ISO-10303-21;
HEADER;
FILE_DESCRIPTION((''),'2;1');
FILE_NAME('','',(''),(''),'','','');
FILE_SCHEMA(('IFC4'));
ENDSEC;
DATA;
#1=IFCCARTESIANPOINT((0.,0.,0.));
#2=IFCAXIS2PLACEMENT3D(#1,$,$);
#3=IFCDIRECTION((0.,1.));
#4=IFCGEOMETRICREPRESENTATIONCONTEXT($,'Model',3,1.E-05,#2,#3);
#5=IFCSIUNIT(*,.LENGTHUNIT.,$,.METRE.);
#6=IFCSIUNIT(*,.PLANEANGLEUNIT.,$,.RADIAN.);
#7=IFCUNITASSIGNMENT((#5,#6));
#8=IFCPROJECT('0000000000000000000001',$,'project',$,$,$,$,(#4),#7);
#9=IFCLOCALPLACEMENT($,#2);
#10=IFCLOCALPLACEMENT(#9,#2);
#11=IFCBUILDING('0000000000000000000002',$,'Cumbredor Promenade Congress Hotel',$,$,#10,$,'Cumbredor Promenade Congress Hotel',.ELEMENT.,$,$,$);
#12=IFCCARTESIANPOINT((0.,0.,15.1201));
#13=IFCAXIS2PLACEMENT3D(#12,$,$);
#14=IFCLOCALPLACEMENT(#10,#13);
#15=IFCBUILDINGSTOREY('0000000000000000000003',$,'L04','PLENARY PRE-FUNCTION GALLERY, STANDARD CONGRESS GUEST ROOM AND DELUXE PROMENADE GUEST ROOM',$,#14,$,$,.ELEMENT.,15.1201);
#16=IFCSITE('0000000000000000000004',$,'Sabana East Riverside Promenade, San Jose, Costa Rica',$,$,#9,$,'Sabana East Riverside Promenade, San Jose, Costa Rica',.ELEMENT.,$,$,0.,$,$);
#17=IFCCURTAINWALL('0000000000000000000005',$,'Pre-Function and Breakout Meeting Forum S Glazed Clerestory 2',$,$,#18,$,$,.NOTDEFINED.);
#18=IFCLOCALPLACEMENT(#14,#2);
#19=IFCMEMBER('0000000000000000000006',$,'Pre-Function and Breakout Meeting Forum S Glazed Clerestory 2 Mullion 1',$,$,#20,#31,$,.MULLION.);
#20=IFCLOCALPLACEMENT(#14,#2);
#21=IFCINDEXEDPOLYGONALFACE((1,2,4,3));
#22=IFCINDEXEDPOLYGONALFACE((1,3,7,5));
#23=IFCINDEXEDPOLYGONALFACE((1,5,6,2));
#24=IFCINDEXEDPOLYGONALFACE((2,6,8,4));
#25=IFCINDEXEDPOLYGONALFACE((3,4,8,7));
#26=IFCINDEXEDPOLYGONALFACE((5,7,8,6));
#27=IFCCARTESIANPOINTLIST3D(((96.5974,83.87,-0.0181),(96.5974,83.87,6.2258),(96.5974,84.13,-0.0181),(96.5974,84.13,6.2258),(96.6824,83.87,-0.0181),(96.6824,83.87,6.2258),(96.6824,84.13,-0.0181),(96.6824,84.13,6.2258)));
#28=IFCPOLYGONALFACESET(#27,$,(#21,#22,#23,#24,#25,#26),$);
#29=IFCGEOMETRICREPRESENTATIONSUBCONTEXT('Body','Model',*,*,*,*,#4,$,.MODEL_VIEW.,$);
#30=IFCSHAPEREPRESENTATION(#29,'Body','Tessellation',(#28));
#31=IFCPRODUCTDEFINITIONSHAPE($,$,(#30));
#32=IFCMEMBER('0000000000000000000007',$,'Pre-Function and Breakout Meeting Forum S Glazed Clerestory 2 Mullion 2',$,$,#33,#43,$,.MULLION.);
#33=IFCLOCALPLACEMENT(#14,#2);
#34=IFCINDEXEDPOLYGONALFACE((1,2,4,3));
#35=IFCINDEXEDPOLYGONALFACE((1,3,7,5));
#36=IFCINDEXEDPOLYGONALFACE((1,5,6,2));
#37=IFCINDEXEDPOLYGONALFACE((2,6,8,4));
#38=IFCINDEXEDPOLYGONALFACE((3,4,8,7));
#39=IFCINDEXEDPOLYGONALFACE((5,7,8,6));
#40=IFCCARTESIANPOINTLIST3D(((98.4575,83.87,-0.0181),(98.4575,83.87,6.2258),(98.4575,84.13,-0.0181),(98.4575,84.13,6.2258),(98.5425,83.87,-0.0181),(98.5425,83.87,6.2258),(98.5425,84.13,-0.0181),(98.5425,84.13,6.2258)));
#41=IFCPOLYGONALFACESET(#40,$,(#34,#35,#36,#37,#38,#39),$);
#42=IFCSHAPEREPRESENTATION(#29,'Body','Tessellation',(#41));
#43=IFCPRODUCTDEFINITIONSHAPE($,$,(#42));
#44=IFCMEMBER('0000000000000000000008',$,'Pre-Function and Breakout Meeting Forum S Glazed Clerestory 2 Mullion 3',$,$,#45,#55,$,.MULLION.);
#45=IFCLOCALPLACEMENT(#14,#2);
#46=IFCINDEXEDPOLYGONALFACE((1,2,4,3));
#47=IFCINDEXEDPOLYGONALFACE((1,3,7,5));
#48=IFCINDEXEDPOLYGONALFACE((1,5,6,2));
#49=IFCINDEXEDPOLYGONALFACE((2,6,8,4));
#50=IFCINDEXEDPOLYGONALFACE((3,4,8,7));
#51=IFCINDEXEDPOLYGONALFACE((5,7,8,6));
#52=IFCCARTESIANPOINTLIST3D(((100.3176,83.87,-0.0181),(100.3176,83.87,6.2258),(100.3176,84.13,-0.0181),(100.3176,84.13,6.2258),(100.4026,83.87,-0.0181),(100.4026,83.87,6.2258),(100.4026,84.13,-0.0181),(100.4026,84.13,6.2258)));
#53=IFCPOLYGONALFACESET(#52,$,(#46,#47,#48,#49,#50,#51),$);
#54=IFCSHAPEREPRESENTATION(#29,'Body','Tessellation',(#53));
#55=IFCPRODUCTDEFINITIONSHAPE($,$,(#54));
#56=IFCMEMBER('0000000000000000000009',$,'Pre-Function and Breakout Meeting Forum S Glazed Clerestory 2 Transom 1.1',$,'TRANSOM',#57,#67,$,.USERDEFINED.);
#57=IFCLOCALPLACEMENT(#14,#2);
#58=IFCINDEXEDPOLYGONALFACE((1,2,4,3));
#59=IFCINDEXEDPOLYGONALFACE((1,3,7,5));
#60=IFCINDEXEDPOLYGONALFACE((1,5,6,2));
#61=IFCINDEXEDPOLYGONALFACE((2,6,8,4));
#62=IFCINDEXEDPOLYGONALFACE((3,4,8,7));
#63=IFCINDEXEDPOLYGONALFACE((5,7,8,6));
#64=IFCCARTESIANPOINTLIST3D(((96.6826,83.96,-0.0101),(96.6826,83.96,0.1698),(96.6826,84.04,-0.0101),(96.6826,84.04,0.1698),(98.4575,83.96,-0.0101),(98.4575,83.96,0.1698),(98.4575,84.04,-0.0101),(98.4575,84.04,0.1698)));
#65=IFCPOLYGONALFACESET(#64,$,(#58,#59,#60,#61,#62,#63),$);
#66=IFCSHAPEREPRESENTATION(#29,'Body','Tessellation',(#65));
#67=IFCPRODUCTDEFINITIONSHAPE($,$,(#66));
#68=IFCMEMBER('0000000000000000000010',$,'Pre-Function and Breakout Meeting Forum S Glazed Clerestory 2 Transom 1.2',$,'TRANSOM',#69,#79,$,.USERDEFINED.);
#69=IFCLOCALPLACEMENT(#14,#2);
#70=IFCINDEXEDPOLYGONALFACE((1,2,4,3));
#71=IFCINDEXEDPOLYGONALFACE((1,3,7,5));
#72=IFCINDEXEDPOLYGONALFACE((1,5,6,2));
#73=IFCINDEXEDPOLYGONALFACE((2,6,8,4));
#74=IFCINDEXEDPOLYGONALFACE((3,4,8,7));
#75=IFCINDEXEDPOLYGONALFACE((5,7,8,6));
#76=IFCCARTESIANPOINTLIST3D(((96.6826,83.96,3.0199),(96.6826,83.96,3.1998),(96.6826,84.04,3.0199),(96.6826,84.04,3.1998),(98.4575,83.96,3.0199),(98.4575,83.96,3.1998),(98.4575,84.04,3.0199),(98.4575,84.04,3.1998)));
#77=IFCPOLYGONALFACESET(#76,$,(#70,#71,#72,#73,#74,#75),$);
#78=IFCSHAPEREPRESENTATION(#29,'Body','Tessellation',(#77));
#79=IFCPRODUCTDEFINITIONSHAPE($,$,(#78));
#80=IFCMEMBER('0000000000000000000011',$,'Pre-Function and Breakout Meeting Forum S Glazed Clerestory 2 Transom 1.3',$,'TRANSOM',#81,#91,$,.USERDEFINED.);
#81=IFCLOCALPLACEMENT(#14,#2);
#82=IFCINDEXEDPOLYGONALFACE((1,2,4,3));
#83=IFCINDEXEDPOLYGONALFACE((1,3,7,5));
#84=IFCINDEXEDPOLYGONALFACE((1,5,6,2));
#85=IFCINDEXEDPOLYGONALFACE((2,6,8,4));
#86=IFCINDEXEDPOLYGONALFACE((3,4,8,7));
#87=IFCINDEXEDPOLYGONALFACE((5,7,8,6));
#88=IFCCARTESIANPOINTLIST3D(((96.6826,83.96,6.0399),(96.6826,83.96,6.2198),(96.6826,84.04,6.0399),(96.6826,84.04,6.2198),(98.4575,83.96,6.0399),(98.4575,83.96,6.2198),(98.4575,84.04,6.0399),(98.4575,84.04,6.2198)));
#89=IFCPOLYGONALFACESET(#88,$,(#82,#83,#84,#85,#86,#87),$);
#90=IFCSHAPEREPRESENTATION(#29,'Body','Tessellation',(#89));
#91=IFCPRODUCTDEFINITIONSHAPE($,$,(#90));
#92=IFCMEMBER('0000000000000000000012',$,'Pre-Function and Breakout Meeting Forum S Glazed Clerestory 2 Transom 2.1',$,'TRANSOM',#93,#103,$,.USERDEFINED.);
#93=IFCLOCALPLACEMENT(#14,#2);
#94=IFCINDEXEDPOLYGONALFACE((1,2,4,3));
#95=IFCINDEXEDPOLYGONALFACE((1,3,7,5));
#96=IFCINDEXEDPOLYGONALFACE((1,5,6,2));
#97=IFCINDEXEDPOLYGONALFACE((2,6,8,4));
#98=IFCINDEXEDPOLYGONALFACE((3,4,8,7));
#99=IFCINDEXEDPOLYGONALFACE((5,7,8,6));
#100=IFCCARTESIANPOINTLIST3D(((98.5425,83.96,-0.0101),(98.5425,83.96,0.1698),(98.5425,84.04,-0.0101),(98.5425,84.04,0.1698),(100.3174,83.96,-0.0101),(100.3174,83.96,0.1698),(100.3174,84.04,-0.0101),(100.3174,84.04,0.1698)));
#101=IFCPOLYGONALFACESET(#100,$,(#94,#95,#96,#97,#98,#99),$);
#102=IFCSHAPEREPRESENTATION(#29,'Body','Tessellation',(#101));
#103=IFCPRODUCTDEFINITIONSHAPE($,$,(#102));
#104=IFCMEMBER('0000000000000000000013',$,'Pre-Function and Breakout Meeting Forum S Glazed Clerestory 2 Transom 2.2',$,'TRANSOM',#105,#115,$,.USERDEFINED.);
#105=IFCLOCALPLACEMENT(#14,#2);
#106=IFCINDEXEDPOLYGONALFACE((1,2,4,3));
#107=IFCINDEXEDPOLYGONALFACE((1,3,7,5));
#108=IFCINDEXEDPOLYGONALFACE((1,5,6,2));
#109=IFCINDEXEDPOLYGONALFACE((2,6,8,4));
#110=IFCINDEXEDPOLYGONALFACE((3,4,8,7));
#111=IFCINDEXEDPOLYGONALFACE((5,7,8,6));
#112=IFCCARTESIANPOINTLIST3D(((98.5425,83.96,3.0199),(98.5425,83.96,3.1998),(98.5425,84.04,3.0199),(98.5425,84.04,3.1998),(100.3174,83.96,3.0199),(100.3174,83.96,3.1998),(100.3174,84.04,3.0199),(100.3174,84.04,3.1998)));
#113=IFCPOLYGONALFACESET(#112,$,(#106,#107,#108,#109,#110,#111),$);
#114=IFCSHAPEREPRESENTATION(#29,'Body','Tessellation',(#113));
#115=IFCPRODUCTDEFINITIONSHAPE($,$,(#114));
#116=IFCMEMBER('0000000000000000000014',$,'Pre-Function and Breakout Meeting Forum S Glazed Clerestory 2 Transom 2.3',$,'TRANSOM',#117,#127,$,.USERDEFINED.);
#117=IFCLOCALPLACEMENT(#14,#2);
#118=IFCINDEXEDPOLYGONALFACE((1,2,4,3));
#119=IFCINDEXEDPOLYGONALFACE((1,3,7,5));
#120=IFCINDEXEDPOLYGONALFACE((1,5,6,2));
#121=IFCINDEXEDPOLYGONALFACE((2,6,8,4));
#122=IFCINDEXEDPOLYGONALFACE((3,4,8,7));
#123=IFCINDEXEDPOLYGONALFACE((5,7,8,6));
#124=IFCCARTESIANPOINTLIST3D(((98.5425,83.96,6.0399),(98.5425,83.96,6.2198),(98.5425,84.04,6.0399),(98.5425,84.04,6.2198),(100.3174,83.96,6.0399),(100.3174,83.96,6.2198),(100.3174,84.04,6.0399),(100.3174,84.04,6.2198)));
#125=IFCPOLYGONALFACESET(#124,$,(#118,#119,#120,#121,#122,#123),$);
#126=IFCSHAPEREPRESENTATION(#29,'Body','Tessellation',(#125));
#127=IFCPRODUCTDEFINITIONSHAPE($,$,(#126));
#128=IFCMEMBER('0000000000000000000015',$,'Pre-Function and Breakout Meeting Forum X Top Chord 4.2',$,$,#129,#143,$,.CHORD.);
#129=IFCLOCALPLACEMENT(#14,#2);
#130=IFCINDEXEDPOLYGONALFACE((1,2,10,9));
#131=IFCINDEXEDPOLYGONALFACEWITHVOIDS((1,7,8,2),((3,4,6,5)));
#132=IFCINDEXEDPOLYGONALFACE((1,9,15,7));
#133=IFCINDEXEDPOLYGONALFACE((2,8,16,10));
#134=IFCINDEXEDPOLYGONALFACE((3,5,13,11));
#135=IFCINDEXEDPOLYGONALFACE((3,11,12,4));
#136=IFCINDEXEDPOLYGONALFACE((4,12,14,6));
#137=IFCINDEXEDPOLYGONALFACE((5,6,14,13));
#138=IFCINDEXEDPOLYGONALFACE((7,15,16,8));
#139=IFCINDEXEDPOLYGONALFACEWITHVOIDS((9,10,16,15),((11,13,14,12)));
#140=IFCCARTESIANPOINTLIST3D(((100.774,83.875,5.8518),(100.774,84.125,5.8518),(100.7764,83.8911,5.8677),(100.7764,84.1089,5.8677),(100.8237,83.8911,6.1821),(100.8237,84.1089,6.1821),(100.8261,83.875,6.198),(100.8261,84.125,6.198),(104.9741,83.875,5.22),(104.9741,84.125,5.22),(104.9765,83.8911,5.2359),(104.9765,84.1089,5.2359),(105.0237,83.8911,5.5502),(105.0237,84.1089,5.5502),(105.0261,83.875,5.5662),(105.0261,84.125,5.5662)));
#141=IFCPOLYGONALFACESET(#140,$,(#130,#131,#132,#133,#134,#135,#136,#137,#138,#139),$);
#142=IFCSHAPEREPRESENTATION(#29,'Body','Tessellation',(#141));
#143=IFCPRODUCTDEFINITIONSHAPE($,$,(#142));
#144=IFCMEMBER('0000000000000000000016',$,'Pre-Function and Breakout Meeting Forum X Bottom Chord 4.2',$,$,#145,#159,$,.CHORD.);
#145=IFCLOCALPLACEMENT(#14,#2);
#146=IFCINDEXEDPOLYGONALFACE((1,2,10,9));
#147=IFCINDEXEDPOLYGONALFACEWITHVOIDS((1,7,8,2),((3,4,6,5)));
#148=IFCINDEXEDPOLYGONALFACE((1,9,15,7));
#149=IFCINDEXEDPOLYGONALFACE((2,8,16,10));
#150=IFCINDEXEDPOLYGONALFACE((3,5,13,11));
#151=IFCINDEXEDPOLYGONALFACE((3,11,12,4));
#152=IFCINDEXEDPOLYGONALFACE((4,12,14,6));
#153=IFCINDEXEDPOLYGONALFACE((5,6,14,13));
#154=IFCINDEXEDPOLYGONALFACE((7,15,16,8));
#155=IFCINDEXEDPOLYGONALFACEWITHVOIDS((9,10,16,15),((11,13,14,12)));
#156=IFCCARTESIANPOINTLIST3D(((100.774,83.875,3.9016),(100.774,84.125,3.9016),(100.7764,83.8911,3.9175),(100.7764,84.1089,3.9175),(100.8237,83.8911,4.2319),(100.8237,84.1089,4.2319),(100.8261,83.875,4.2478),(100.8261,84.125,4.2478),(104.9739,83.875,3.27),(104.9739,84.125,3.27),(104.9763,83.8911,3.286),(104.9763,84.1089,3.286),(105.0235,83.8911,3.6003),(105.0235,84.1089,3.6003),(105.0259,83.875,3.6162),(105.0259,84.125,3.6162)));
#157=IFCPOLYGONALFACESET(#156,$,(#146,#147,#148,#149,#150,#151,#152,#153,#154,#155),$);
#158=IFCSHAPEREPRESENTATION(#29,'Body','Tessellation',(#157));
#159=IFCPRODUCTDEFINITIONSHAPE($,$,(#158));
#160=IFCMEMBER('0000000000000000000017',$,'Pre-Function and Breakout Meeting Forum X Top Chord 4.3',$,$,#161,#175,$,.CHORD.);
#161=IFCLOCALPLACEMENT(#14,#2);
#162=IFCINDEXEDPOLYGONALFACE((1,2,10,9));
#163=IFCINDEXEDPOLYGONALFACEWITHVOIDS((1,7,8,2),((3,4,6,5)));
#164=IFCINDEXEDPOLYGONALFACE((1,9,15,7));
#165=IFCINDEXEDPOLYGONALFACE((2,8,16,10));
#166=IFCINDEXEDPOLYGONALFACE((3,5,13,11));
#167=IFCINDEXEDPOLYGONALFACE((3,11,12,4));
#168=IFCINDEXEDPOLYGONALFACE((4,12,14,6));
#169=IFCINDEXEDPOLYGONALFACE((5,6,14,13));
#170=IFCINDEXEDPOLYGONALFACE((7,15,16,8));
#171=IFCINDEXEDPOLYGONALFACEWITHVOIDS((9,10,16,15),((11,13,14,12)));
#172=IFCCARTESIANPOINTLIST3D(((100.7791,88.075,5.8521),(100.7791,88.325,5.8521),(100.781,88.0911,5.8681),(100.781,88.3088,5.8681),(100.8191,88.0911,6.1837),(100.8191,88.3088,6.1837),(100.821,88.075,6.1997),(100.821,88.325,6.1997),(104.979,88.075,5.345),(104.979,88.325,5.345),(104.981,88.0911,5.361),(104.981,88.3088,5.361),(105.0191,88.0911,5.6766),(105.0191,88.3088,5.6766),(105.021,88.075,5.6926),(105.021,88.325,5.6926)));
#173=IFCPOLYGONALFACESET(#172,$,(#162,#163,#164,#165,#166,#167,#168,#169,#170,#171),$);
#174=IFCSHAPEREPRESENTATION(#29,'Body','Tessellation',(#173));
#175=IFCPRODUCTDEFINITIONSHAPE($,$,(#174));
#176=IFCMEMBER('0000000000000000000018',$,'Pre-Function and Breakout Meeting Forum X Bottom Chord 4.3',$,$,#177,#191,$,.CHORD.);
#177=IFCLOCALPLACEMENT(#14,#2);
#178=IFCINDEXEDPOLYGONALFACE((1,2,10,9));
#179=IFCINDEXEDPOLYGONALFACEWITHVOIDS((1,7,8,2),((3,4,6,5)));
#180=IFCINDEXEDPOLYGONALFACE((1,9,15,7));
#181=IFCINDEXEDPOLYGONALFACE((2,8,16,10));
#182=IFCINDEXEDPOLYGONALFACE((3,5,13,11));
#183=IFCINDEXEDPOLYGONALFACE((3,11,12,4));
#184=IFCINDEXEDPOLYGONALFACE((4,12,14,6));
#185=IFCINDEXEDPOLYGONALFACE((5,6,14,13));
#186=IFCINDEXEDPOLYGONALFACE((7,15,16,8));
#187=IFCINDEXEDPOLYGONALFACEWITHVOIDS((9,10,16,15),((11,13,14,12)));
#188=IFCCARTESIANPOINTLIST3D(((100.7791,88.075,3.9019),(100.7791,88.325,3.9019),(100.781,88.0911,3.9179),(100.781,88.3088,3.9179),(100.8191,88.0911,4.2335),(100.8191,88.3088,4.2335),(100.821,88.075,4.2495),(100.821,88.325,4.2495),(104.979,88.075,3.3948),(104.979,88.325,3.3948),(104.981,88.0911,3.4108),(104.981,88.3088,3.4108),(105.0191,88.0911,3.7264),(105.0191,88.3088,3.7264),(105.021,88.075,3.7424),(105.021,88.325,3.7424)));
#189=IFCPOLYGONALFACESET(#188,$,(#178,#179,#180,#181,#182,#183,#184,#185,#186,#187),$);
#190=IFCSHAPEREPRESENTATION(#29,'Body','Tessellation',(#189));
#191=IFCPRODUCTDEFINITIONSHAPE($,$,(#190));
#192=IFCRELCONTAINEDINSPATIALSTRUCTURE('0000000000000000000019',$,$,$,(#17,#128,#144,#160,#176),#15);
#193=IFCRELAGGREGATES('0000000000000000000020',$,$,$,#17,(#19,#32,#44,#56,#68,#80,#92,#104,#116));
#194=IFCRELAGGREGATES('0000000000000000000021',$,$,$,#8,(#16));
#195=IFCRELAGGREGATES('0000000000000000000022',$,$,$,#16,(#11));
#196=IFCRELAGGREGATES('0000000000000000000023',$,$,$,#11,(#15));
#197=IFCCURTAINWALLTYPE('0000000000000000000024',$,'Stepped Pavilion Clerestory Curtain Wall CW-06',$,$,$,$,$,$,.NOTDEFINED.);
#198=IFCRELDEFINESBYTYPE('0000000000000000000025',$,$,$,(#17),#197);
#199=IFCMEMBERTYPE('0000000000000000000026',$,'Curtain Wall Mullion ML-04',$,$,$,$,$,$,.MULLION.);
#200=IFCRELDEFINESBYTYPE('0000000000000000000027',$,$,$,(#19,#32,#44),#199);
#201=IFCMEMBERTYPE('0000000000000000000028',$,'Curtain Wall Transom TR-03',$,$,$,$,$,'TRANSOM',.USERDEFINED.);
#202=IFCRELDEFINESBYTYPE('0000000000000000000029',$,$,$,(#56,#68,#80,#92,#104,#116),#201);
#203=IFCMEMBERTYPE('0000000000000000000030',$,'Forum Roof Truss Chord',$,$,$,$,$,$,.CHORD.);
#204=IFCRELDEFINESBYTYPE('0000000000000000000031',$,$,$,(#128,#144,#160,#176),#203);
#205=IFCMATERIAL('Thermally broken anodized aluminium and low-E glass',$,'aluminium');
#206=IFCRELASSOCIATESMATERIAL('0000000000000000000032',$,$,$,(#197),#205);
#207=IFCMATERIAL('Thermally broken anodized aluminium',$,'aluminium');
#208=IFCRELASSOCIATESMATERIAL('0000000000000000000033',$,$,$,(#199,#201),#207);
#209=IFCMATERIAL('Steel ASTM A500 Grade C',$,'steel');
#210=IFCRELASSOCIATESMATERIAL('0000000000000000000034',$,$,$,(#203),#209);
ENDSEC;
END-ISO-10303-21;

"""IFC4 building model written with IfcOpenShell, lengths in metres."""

from ifc_helpers import new_model, si_unit, direction, frame, origin, origin_2d, place, context, subcontext, project, spatial, rectangle, hollow_rectangle, extrude, material, material_profile, profile_set, type_object, element, aggregate, save


model = new_model("IFC4")

# Units and contexts
model_context = context("Model", 3, precision=1e-05, world=origin(), true_north=direction((0.0, 1.0)))
body_context = subcontext(model_context, "Body", "Model", "MODEL_VIEW")
ifc_project = project(units=[si_unit("LENGTHUNIT", "METRE"), si_unit("PLANEANGLEUNIT", "RADIAN")], contexts=[model_context])

# Site, building, storey
site_placement = place(None, origin())
site = spatial("IfcSite", under=ifc_project, at=site_placement, Name="Sabana East Riverside Promenade, San Jose, Costa Rica", LongName="Sabana East Riverside Promenade, San Jose, Costa Rica", CompositionType="ELEMENT", RefElevation=0.0)
building_placement = place(site_placement, origin())
building = spatial("IfcBuilding", under=site, at=building_placement, Name="Cumbredor Promenade Congress Hotel", LongName="Cumbredor Promenade Congress Hotel", CompositionType="ELEMENT")
storey_placement = place(building_placement, frame((0.0, 0.0, 15.1201)))
storey = spatial("IfcBuildingStorey", under=building, at=storey_placement, Name="L04", Description="PLENARY PRE-FUNCTION GALLERY, STANDARD CONGRESS GUEST ROOM AND DELUXE PROMENADE GUEST ROOM", CompositionType="ELEMENT", Elevation=15.1201)

# Curtain wall, members
ifc_material_1 = material(Name="Thermally broken anodized aluminium and low-E glass", Category="aluminium")
curtain_wall_type = type_object("IfcCurtainWallType", Name="Stepped Pavilion Clerestory Curtain Wall CW-06", PredefinedType="NOTDEFINED", material=ifc_material_1)
curtain_wall_placement = place(storey_placement, origin())
curtain_wall = element("IfcCurtainWall", 1, at=curtain_wall_placement, inside=storey, type_object=curtain_wall_type, Name="Pre-Function and Breakout Meeting Forum S Glazed Clerestory 2", PredefinedType="NOTDEFINED")
ifc_material_2 = material(Name="Thermally broken anodized aluminium", Category="aluminium")
ifc_material_profile_1 = material_profile(ifc_material_2, rectangle(XDim=0.085, YDim=0.26, at=origin_2d()), Name="ALU MULLION CLERESTORY 85x260")
ifc_profile_set_1 = profile_set([ifc_material_profile_1], Name="Thermally broken anodized aluminium")
member_type_1 = type_object("IfcMemberType", Name="Curtain Wall Mullion ML-04", PredefinedType="MULLION", material=ifc_profile_set_1)
member_1_placement = place(storey_placement, frame((96.6399, 84.0, -0.0181), z_axis=(0.0, 0.0, 1.0), x_axis=(1.0, 0.0, 0.0)))
member_1 = element("IfcMember", 2, at=member_1_placement, type_object=member_type_1, Name="Pre-Function and Breakout Meeting Forum S Glazed Clerestory 2 Mullion 1", PredefinedType="MULLION", context=body_context, shape_type="SweptSolid", body=[
    extrude(rectangle(XDim=0.085, YDim=0.26, at=origin_2d()), origin(), (0.0, 0.0, 1.0), 6.2439),
])
member_2_placement = place(storey_placement, frame((98.5, 84.0, -0.0181), z_axis=(0.0, 0.0, 1.0), x_axis=(1.0, 0.0, 0.0)))
member_2 = element("IfcMember", 3, at=member_2_placement, type_object=member_type_1, Name="Pre-Function and Breakout Meeting Forum S Glazed Clerestory 2 Mullion 2", PredefinedType="MULLION", context=body_context, shape_type="SweptSolid", body=[
    extrude(rectangle(XDim=0.085, YDim=0.26, at=origin_2d()), origin(), (0.0, 0.0, 1.0), 6.2439),
])
member_3_placement = place(storey_placement, frame((100.3601, 84.0, -0.0181), z_axis=(0.0, 0.0, 1.0), x_axis=(1.0, 0.0, 0.0)))
member_3 = element("IfcMember", 4, at=member_3_placement, type_object=member_type_1, Name="Pre-Function and Breakout Meeting Forum S Glazed Clerestory 2 Mullion 3", PredefinedType="MULLION", context=body_context, shape_type="SweptSolid", body=[
    extrude(rectangle(XDim=0.085, YDim=0.26, at=origin_2d()), origin(), (0.0, 0.0, 1.0), 6.2439),
])
ifc_material_profile_2 = material_profile(ifc_material_2, rectangle(XDim=0.0801, YDim=0.1799, at=origin_2d()), Name="ALU TRANSOM 80x180")
ifc_profile_set_2 = profile_set([ifc_material_profile_2], Name="Thermally broken anodized aluminium")
member_type_2 = type_object("IfcMemberType", Name="Curtain Wall Transom TR-03", ElementType="TRANSOM", PredefinedType="USERDEFINED", material=ifc_profile_set_2)
member_4_placement = place(storey_placement, frame((96.6826, 84.0, 0.0798), z_axis=(1.0, 0.0, 0.0), x_axis=(0.0, 1.0, 0.0)))
member_4 = element("IfcMember", 5, at=member_4_placement, type_object=member_type_2, Name="Pre-Function and Breakout Meeting Forum S Glazed Clerestory 2 Transom 1.1", ObjectType="TRANSOM", PredefinedType="USERDEFINED", context=body_context, shape_type="SweptSolid", body=[
    extrude(rectangle(XDim=0.0801, YDim=0.1799, at=origin_2d()), origin(), (0.0, 0.0, 1.0), 1.7749),
])
member_5_placement = place(storey_placement, frame((96.6826, 84.0, 3.1099), z_axis=(1.0, 0.0, 0.0), x_axis=(0.0, 1.0, 0.0)))
member_5 = element("IfcMember", 6, at=member_5_placement, type_object=member_type_2, Name="Pre-Function and Breakout Meeting Forum S Glazed Clerestory 2 Transom 1.2", ObjectType="TRANSOM", PredefinedType="USERDEFINED", context=body_context, shape_type="SweptSolid", body=[
    extrude(rectangle(XDim=0.0801, YDim=0.1799, at=origin_2d()), origin(), (0.0, 0.0, 1.0), 1.7749),
])
member_6_placement = place(storey_placement, frame((96.6826, 84.0, 6.1299), z_axis=(1.0, 0.0, 0.0), x_axis=(0.0, 1.0, 0.0)))
member_6 = element("IfcMember", 7, at=member_6_placement, type_object=member_type_2, Name="Pre-Function and Breakout Meeting Forum S Glazed Clerestory 2 Transom 1.3", ObjectType="TRANSOM", PredefinedType="USERDEFINED", context=body_context, shape_type="SweptSolid", body=[
    extrude(rectangle(XDim=0.0801, YDim=0.1799, at=origin_2d()), origin(), (0.0, 0.0, 1.0), 1.7749),
])
member_7_placement = place(storey_placement, frame((98.5425, 84.0, 0.0798), z_axis=(1.0, 0.0, 0.0), x_axis=(0.0, 1.0, 0.0)))
member_7 = element("IfcMember", 8, at=member_7_placement, type_object=member_type_2, Name="Pre-Function and Breakout Meeting Forum S Glazed Clerestory 2 Transom 2.1", ObjectType="TRANSOM", PredefinedType="USERDEFINED", context=body_context, shape_type="SweptSolid", body=[
    extrude(rectangle(XDim=0.0801, YDim=0.1799, at=origin_2d()), origin(), (0.0, 0.0, 1.0), 1.7749),
])
member_8_placement = place(storey_placement, frame((98.5425, 84.0, 3.1099), z_axis=(1.0, 0.0, 0.0), x_axis=(0.0, 1.0, 0.0)))
member_8 = element("IfcMember", 9, at=member_8_placement, type_object=member_type_2, Name="Pre-Function and Breakout Meeting Forum S Glazed Clerestory 2 Transom 2.2", ObjectType="TRANSOM", PredefinedType="USERDEFINED", context=body_context, shape_type="SweptSolid", body=[
    extrude(rectangle(XDim=0.0801, YDim=0.1799, at=origin_2d()), origin(), (0.0, 0.0, 1.0), 1.7749),
])
member_9_placement = place(storey_placement, frame((98.5425, 84.0, 6.1299), z_axis=(1.0, 0.0, 0.0), x_axis=(0.0, 1.0, 0.0)))
member_9 = element("IfcMember", 10, at=member_9_placement, type_object=member_type_2, Name="Pre-Function and Breakout Meeting Forum S Glazed Clerestory 2 Transom 2.3", ObjectType="TRANSOM", PredefinedType="USERDEFINED", context=body_context, shape_type="SweptSolid", body=[
    extrude(rectangle(XDim=0.0801, YDim=0.1799, at=origin_2d()), origin(), (0.0, 0.0, 1.0), 1.7749),
])

# Members
ifc_material_3 = material(Name="Steel ASTM A500 Grade C", Category="steel")
ifc_material_profile_3 = material_profile(ifc_material_3, hollow_rectangle(XDim=0.25, YDim=0.3501, WallThickness=0.0161, at=origin_2d()), Name="HSS 350x250x16")
ifc_profile_set_3 = profile_set([ifc_material_profile_3], Name="Steel ASTM A500 Grade C")
member_type_3 = type_object("IfcMemberType", Name="Forum Roof Truss Chord", PredefinedType="CHORD", material=ifc_profile_set_3)
member_10_placement = place(storey_placement, frame((100.8, 84.0, 6.0249), z_axis=(0.988873, 0.0, -0.148765), x_axis=(0.0, 1.0, 0.0)))
element("IfcMember", 11, at=member_10_placement, inside=storey, type_object=member_type_3, Name="Pre-Function and Breakout Meeting Forum X Top Chord 4.2", PredefinedType="CHORD", context=body_context, shape_type="SweptSolid", body=[
    extrude(hollow_rectangle(XDim=0.25, YDim=0.3501, WallThickness=0.0161, at=origin_2d()), origin(), (0.0, 0.0, 1.0), 4.2473),
])
member_11_placement = place(storey_placement, frame((100.8, 84.0, 4.0747), z_axis=(0.988881, 0.0, -0.148709), x_axis=(0.0, 1.0, 0.0)))
element("IfcMember", 12, at=member_11_placement, inside=storey, type_object=member_type_3, Name="Pre-Function and Breakout Meeting Forum X Bottom Chord 4.2", PredefinedType="CHORD", context=body_context, shape_type="SweptSolid", body=[
    extrude(hollow_rectangle(XDim=0.25, YDim=0.3501, WallThickness=0.0161, at=origin_2d()), origin(), (0.0, 0.0, 1.0), 4.2471),
])
for number, where, z_axis, x_axis, name in (
    (13, (100.8, 88.2, 6.0259), (0.99279, 0.0, -0.119864), (0.0, 1.0, 0.0), "Pre-Function and Breakout Meeting Forum X Top Chord 4.3"),
    (14, (100.8, 88.2, 4.0757), (0.99279, 0.0, -0.119864), (0.0, 1.0, 0.0), "Pre-Function and Breakout Meeting Forum X Bottom Chord 4.3"),
):
    element("IfcMember", number, at=place(storey_placement, frame(where, z_axis=z_axis, x_axis=x_axis)), inside=storey, type_object=member_type_3, Name=name, PredefinedType="CHORD", context=body_context, shape_type="SweptSolid", body=[
        extrude(hollow_rectangle(XDim=0.25, YDim=0.3501, WallThickness=0.0161, at=origin_2d()), origin(), (0.0, 0.0, 1.0), 4.2305),
    ])

aggregate(curtain_wall, [member_1, member_2, member_3, member_4, member_5, member_6, member_7, member_8, member_9])

save(model, "model.ifc")
